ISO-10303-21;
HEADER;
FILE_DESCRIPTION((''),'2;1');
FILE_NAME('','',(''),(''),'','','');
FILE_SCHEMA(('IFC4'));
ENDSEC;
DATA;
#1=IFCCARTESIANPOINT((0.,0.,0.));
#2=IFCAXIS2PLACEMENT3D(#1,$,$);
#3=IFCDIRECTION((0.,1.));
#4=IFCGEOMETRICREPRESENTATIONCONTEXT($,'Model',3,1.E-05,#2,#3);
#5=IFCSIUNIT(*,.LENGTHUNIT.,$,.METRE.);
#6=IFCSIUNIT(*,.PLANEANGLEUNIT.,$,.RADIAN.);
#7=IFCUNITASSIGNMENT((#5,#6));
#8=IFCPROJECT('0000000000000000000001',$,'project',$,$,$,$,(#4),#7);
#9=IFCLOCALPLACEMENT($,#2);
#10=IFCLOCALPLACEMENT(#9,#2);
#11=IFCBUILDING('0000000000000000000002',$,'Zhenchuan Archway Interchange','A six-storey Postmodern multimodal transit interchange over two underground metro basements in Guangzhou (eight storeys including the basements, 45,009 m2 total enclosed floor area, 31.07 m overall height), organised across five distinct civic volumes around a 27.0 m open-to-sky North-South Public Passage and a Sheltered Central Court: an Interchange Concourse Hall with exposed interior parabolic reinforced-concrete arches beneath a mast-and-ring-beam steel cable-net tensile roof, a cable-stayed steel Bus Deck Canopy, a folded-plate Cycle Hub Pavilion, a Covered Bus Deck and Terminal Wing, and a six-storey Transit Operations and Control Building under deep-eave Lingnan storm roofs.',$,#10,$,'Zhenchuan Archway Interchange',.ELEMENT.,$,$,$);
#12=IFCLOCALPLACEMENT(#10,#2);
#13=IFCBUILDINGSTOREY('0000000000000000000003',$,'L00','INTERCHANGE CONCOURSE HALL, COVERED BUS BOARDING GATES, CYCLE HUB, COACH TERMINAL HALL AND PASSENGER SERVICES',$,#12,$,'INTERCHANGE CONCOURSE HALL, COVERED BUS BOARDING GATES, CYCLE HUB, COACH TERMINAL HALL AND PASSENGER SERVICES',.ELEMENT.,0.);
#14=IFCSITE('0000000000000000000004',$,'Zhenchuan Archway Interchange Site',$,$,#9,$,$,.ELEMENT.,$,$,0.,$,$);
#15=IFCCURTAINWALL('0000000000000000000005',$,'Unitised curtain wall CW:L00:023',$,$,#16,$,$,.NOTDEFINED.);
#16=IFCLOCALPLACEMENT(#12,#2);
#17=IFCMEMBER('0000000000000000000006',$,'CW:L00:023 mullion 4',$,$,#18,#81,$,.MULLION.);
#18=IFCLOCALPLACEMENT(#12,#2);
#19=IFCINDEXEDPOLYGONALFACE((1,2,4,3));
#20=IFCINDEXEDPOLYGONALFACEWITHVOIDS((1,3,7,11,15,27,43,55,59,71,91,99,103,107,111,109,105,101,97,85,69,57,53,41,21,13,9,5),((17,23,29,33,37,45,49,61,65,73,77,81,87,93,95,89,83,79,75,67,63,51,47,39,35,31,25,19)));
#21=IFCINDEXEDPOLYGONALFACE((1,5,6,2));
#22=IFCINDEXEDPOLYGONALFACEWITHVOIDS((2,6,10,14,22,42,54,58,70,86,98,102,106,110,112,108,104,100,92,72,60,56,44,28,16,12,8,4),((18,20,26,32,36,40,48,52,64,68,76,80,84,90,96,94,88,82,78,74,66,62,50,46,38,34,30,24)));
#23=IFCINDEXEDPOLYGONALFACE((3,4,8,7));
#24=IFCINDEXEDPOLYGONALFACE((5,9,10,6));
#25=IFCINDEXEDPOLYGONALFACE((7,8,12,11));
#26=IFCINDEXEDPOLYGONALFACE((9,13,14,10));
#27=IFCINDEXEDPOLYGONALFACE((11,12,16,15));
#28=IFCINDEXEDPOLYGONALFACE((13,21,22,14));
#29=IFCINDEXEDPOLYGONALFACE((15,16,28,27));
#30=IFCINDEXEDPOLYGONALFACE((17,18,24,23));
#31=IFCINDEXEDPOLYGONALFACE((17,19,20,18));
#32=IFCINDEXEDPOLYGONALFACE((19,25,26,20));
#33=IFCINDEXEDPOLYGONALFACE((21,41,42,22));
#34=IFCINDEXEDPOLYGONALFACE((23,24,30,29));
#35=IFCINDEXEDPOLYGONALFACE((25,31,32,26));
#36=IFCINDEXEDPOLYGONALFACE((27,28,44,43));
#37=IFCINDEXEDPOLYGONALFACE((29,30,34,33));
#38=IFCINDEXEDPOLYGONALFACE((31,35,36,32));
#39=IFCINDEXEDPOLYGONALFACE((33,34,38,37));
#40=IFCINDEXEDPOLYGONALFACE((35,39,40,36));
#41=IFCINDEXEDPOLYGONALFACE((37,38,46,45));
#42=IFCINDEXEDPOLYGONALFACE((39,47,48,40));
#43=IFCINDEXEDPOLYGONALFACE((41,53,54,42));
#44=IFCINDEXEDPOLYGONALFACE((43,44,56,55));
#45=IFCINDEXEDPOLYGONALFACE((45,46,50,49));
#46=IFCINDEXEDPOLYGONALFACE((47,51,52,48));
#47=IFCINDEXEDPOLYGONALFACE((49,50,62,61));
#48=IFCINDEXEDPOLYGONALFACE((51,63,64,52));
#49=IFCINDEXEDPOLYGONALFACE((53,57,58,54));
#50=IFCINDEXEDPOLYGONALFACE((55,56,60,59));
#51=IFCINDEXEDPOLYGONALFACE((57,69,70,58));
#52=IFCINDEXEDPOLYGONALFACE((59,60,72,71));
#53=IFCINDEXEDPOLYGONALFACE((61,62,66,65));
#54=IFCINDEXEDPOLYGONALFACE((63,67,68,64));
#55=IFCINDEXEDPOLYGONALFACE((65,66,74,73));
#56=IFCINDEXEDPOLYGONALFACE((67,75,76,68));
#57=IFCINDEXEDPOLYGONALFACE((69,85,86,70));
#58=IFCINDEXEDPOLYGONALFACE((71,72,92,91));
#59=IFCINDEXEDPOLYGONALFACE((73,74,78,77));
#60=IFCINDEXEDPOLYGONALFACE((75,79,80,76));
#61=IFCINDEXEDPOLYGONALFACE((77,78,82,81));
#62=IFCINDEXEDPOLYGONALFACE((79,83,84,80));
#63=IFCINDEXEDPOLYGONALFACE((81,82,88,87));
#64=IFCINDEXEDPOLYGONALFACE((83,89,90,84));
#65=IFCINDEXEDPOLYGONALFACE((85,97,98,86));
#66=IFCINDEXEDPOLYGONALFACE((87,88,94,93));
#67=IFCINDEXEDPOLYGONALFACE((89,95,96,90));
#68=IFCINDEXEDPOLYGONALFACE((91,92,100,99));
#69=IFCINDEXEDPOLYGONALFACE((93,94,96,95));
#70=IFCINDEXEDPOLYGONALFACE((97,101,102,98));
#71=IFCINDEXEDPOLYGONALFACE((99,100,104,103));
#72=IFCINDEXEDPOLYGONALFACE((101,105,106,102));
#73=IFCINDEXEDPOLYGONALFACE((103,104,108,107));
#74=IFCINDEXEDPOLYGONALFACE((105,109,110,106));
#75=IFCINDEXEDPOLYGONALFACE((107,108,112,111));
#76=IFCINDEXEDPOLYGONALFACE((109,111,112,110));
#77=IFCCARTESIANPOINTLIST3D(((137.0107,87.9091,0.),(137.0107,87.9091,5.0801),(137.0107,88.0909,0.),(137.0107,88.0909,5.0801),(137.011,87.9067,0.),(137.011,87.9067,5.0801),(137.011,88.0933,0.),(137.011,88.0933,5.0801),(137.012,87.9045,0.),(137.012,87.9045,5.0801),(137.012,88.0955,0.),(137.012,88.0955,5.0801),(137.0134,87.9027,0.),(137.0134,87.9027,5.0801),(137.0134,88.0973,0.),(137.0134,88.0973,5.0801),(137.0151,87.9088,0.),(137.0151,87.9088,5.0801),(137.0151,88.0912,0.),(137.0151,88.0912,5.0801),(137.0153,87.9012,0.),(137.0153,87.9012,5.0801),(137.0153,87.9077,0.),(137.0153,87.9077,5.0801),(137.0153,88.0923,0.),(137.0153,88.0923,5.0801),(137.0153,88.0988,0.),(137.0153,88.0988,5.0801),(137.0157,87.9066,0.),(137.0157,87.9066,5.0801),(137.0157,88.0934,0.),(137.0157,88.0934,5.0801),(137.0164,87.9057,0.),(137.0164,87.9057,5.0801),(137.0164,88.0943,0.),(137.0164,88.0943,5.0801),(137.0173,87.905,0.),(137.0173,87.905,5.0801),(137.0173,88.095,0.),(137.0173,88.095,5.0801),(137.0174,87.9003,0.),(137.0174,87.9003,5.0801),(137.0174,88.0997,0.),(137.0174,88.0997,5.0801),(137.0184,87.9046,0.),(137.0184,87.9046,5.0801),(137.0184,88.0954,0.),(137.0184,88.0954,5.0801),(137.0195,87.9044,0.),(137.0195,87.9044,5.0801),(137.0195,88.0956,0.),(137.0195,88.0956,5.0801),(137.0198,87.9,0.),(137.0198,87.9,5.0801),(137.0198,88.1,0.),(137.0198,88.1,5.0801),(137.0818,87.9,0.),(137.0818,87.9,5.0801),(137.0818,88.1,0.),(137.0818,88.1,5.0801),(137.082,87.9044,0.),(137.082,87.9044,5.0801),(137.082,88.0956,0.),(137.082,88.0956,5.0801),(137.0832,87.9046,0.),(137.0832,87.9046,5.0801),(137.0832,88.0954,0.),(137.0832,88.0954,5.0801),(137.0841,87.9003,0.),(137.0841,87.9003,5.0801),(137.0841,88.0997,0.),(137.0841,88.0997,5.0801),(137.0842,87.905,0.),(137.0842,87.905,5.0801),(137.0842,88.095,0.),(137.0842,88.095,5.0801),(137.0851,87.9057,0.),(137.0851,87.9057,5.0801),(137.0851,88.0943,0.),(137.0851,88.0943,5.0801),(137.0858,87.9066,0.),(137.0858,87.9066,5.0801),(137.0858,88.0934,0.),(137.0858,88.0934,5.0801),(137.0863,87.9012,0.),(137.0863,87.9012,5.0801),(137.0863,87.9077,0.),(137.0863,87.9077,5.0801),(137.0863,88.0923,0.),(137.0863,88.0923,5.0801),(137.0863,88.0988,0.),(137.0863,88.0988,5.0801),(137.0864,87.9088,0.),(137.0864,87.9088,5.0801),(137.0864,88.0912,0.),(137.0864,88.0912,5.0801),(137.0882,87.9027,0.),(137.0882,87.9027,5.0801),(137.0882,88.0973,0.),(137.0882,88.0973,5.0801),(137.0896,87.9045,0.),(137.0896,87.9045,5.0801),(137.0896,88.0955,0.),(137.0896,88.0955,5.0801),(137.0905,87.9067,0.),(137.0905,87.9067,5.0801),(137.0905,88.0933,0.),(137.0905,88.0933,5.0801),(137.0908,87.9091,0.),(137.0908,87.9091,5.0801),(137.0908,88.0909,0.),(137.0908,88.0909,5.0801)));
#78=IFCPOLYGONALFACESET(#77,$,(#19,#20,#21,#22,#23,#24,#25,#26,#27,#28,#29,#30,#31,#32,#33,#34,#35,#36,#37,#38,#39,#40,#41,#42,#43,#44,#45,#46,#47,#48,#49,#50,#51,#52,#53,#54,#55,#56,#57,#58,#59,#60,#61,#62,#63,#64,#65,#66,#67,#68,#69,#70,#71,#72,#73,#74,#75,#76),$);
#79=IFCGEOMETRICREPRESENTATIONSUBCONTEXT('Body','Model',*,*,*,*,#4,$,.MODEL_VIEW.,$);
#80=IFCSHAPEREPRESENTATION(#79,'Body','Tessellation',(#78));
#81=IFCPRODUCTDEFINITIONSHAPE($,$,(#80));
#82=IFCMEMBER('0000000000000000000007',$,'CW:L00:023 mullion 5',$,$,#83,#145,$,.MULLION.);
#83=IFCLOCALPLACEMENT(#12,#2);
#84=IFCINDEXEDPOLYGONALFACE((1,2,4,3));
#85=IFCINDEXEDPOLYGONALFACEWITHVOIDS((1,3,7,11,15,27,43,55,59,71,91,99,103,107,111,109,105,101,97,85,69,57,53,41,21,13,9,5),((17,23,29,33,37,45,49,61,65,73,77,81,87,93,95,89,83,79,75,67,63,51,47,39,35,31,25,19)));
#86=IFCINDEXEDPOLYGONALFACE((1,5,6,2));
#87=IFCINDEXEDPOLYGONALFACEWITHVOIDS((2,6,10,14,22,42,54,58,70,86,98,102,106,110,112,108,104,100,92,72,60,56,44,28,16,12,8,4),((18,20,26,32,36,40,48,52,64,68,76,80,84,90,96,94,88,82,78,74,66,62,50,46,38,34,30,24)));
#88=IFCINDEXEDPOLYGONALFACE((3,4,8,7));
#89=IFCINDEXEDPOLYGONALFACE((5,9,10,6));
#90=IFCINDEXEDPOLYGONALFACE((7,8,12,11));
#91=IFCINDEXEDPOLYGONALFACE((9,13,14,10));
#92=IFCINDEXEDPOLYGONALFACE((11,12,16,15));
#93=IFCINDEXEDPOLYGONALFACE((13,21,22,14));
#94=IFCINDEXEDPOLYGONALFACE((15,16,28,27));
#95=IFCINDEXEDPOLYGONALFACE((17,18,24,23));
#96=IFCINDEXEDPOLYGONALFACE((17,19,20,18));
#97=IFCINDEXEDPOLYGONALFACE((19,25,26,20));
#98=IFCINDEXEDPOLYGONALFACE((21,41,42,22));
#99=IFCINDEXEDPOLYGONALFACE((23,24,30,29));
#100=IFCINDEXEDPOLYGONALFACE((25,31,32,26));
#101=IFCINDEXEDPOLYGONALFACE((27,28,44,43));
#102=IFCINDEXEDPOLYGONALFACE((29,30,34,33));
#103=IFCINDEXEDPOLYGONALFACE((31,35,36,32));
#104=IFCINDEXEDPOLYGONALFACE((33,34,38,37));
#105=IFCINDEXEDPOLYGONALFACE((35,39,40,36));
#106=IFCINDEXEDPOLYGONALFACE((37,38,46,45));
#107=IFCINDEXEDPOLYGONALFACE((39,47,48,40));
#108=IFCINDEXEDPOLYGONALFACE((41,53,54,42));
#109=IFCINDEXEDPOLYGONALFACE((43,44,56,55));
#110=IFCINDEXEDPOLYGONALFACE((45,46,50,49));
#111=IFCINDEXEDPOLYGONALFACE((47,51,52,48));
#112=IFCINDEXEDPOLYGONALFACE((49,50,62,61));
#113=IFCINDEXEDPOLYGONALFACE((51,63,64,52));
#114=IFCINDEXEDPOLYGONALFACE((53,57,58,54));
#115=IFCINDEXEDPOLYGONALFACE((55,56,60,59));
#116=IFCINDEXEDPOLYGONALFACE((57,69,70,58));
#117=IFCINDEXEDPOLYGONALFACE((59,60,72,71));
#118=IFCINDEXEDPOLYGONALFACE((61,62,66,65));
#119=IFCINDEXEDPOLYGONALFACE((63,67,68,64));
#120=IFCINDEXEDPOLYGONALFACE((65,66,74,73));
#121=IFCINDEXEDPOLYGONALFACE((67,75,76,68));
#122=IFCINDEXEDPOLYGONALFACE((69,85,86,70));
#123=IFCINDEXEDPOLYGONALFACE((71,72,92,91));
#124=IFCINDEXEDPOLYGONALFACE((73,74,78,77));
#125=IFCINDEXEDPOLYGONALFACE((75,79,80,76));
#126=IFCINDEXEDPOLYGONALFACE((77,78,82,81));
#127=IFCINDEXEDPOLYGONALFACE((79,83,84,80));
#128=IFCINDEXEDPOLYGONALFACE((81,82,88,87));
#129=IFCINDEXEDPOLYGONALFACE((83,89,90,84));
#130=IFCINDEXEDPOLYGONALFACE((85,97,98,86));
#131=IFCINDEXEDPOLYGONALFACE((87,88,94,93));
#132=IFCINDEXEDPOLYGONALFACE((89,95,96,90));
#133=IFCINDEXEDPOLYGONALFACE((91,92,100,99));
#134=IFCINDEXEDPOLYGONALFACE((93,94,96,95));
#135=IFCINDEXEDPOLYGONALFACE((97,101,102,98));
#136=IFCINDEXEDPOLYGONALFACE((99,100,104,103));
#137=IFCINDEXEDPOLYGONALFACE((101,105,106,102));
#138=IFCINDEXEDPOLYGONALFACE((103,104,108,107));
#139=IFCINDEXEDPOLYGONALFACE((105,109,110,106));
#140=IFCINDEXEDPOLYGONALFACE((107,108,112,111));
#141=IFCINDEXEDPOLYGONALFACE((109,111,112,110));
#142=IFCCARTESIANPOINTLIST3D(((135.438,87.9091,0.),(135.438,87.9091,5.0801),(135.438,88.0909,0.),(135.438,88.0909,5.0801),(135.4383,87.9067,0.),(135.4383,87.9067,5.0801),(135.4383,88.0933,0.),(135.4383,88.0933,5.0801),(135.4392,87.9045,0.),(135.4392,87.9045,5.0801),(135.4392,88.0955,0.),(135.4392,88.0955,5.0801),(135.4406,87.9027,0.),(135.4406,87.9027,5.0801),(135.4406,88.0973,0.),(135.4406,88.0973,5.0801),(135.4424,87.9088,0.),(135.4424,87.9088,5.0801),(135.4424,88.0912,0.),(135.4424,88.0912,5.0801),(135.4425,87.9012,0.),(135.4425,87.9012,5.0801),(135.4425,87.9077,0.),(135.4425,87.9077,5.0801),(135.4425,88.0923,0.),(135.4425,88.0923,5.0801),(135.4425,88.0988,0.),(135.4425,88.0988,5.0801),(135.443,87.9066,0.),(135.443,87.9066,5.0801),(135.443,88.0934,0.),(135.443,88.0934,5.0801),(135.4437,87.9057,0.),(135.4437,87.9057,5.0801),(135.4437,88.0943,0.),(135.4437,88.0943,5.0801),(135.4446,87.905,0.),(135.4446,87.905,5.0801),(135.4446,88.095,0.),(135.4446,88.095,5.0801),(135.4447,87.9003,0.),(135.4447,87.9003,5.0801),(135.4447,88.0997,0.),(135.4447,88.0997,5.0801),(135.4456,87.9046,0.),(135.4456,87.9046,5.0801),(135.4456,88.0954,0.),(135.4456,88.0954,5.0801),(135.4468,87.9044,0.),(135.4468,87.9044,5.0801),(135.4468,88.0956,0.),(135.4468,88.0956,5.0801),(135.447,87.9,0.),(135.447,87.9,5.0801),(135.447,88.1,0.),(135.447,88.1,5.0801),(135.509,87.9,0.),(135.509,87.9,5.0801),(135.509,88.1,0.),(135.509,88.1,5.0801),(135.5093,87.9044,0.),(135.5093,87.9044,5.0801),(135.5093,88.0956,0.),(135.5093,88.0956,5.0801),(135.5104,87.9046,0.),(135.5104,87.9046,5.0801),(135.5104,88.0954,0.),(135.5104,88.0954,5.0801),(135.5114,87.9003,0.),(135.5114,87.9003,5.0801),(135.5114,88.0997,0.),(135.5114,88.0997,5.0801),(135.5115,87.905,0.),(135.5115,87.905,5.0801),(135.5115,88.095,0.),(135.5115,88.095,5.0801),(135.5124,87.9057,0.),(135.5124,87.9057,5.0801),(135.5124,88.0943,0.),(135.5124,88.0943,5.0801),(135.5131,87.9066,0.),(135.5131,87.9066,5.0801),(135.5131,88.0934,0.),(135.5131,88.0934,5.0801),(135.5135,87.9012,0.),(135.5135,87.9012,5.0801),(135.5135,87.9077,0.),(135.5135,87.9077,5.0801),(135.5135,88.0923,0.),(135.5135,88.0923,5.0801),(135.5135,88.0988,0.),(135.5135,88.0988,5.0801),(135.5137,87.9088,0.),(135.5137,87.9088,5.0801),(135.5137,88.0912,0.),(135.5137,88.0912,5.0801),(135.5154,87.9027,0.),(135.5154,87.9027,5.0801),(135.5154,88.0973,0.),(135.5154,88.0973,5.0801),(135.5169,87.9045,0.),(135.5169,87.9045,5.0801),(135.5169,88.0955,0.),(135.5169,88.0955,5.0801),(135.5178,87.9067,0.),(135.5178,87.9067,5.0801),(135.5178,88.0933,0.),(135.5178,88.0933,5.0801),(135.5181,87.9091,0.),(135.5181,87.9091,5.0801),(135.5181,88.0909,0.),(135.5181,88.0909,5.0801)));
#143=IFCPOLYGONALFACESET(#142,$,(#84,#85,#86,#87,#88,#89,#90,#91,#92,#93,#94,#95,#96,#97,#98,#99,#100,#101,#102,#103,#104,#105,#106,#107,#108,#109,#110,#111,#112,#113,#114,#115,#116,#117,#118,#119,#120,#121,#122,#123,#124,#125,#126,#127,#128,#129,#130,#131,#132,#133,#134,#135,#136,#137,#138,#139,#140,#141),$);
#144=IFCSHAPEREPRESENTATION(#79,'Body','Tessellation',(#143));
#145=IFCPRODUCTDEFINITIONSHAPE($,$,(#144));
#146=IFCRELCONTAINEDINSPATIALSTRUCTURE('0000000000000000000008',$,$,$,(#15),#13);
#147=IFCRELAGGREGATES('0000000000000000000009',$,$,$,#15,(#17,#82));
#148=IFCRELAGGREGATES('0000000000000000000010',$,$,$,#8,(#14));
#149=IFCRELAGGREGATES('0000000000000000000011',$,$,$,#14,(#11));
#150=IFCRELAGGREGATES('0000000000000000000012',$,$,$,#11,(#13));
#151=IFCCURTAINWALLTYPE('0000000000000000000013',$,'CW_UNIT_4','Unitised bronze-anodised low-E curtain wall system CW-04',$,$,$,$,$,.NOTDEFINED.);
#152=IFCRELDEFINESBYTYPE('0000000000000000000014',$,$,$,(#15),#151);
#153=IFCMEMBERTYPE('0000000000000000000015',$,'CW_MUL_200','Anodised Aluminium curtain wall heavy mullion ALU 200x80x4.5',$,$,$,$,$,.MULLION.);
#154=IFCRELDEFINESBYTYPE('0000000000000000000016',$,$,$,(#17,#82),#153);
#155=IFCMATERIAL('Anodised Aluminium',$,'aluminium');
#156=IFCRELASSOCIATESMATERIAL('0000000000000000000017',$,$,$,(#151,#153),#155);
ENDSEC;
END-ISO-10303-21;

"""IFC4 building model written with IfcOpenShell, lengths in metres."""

from ifc_helpers import new_model, si_unit, direction, frame, origin, origin_2d, place, context, subcontext, project, spatial, hollow_rectangle, extrude, material, material_profile, profile_set, type_object, element, aggregate, save


model = new_model("IFC4")

# Units and contexts
model_context = context("Model", 3, precision=1e-05, world=origin(), true_north=direction((0.0, 1.0)))
body_context = subcontext(model_context, "Body", "Model", "MODEL_VIEW")
ifc_project = project(units=[si_unit("LENGTHUNIT", "METRE"), si_unit("PLANEANGLEUNIT", "RADIAN")], contexts=[model_context])

# Site, building, storey
site_placement = place(None, origin())
site = spatial("IfcSite", under=ifc_project, at=site_placement, Name="Zhenchuan Archway Interchange Site", CompositionType="ELEMENT", RefElevation=0.0)
building_placement = place(site_placement, origin())
building = spatial("IfcBuilding", under=site, at=building_placement, Name="Zhenchuan Archway Interchange", Description="A six-storey Postmodern multimodal transit interchange over two underground metro basements in Guangzhou (eight storeys including the basements, 45,009 m2 total enclosed floor area, 31.07 m overall height), organised across five distinct civic volumes around a 27.0 m open-to-sky North-South Public Passage and a Sheltered Central Court: an Interchange Concourse Hall with exposed interior parabolic reinforced-concrete arches beneath a mast-and-ring-beam steel cable-net tensile roof, a cable-stayed steel Bus Deck Canopy, a folded-plate Cycle Hub Pavilion, a Covered Bus Deck and Terminal Wing, and a six-storey Transit Operations and Control Building under deep-eave Lingnan storm roofs.", LongName="Zhenchuan Archway Interchange", CompositionType="ELEMENT")
storey_placement = place(building_placement, origin())
storey = spatial("IfcBuildingStorey", under=building, at=storey_placement, Name="L00", Description="INTERCHANGE CONCOURSE HALL, COVERED BUS BOARDING GATES, CYCLE HUB, COACH TERMINAL HALL AND PASSENGER SERVICES", LongName="INTERCHANGE CONCOURSE HALL, COVERED BUS BOARDING GATES, CYCLE HUB, COACH TERMINAL HALL AND PASSENGER SERVICES", CompositionType="ELEMENT", Elevation=0.0)

# Curtain wall, members
ifc_material_1 = material(Name="Anodised Aluminium", Category="aluminium")
curtain_wall_type = type_object("IfcCurtainWallType", Name="CW_UNIT_4", Description="Unitised bronze-anodised low-E curtain wall system CW-04", PredefinedType="NOTDEFINED", material=ifc_material_1)
curtain_wall_placement = place(storey_placement, origin())
curtain_wall = element("IfcCurtainWall", 1, at=curtain_wall_placement, inside=storey, type_object=curtain_wall_type, Name="Unitised curtain wall CW:L00:023", PredefinedType="NOTDEFINED")
ifc_material_profile_1 = material_profile(ifc_material_1, hollow_rectangle(XDim=0.0801, YDim=0.2, WallThickness=0.0044, InnerFilletRadius=0.0044, OuterFilletRadius=0.009, at=origin_2d()), Name="ALU 200x80x4.5")
ifc_profile_set_1 = profile_set([ifc_material_profile_1], Name="Anodised Aluminium")
member_type_1 = type_object("IfcMemberType", Name="CW_MUL_200", Description="Anodised Aluminium curtain wall heavy mullion ALU 200x80x4.5", PredefinedType="MULLION", material=ifc_profile_set_1)
member_1_placement = place(storey_placement, frame((137.0508, 88.0, 0.0), z_axis=(0.0, 0.0, 1.0), x_axis=(1.0, 0.0, 0.0)))
member_1 = element("IfcMember", 2, at=member_1_placement, type_object=member_type_1, Name="CW:L00:023 mullion 4", PredefinedType="MULLION", context=body_context, shape_type="SweptSolid", body=[
    extrude(hollow_rectangle(XDim=0.0801, YDim=0.2, WallThickness=0.0044, InnerFilletRadius=0.0044, OuterFilletRadius=0.009, at=origin_2d()), origin(), (0.0, 0.0, 1.0), 5.0801),
])
member_2_placement = place(storey_placement, frame((135.478, 88.0, 0.0), z_axis=(0.0, 0.0, 1.0), x_axis=(1.0, 0.0, 0.0)))
member_2 = element("IfcMember", 3, at=member_2_placement, type_object=member_type_1, Name="CW:L00:023 mullion 5", PredefinedType="MULLION", context=body_context, shape_type="SweptSolid", body=[
    extrude(hollow_rectangle(XDim=0.0801, YDim=0.2, WallThickness=0.0044, InnerFilletRadius=0.0044, OuterFilletRadius=0.009, at=origin_2d()), origin(), (0.0, 0.0, 1.0), 5.0801),
])

aggregate(curtain_wall, [member_1, member_2])

save(model, "model.ifc")
